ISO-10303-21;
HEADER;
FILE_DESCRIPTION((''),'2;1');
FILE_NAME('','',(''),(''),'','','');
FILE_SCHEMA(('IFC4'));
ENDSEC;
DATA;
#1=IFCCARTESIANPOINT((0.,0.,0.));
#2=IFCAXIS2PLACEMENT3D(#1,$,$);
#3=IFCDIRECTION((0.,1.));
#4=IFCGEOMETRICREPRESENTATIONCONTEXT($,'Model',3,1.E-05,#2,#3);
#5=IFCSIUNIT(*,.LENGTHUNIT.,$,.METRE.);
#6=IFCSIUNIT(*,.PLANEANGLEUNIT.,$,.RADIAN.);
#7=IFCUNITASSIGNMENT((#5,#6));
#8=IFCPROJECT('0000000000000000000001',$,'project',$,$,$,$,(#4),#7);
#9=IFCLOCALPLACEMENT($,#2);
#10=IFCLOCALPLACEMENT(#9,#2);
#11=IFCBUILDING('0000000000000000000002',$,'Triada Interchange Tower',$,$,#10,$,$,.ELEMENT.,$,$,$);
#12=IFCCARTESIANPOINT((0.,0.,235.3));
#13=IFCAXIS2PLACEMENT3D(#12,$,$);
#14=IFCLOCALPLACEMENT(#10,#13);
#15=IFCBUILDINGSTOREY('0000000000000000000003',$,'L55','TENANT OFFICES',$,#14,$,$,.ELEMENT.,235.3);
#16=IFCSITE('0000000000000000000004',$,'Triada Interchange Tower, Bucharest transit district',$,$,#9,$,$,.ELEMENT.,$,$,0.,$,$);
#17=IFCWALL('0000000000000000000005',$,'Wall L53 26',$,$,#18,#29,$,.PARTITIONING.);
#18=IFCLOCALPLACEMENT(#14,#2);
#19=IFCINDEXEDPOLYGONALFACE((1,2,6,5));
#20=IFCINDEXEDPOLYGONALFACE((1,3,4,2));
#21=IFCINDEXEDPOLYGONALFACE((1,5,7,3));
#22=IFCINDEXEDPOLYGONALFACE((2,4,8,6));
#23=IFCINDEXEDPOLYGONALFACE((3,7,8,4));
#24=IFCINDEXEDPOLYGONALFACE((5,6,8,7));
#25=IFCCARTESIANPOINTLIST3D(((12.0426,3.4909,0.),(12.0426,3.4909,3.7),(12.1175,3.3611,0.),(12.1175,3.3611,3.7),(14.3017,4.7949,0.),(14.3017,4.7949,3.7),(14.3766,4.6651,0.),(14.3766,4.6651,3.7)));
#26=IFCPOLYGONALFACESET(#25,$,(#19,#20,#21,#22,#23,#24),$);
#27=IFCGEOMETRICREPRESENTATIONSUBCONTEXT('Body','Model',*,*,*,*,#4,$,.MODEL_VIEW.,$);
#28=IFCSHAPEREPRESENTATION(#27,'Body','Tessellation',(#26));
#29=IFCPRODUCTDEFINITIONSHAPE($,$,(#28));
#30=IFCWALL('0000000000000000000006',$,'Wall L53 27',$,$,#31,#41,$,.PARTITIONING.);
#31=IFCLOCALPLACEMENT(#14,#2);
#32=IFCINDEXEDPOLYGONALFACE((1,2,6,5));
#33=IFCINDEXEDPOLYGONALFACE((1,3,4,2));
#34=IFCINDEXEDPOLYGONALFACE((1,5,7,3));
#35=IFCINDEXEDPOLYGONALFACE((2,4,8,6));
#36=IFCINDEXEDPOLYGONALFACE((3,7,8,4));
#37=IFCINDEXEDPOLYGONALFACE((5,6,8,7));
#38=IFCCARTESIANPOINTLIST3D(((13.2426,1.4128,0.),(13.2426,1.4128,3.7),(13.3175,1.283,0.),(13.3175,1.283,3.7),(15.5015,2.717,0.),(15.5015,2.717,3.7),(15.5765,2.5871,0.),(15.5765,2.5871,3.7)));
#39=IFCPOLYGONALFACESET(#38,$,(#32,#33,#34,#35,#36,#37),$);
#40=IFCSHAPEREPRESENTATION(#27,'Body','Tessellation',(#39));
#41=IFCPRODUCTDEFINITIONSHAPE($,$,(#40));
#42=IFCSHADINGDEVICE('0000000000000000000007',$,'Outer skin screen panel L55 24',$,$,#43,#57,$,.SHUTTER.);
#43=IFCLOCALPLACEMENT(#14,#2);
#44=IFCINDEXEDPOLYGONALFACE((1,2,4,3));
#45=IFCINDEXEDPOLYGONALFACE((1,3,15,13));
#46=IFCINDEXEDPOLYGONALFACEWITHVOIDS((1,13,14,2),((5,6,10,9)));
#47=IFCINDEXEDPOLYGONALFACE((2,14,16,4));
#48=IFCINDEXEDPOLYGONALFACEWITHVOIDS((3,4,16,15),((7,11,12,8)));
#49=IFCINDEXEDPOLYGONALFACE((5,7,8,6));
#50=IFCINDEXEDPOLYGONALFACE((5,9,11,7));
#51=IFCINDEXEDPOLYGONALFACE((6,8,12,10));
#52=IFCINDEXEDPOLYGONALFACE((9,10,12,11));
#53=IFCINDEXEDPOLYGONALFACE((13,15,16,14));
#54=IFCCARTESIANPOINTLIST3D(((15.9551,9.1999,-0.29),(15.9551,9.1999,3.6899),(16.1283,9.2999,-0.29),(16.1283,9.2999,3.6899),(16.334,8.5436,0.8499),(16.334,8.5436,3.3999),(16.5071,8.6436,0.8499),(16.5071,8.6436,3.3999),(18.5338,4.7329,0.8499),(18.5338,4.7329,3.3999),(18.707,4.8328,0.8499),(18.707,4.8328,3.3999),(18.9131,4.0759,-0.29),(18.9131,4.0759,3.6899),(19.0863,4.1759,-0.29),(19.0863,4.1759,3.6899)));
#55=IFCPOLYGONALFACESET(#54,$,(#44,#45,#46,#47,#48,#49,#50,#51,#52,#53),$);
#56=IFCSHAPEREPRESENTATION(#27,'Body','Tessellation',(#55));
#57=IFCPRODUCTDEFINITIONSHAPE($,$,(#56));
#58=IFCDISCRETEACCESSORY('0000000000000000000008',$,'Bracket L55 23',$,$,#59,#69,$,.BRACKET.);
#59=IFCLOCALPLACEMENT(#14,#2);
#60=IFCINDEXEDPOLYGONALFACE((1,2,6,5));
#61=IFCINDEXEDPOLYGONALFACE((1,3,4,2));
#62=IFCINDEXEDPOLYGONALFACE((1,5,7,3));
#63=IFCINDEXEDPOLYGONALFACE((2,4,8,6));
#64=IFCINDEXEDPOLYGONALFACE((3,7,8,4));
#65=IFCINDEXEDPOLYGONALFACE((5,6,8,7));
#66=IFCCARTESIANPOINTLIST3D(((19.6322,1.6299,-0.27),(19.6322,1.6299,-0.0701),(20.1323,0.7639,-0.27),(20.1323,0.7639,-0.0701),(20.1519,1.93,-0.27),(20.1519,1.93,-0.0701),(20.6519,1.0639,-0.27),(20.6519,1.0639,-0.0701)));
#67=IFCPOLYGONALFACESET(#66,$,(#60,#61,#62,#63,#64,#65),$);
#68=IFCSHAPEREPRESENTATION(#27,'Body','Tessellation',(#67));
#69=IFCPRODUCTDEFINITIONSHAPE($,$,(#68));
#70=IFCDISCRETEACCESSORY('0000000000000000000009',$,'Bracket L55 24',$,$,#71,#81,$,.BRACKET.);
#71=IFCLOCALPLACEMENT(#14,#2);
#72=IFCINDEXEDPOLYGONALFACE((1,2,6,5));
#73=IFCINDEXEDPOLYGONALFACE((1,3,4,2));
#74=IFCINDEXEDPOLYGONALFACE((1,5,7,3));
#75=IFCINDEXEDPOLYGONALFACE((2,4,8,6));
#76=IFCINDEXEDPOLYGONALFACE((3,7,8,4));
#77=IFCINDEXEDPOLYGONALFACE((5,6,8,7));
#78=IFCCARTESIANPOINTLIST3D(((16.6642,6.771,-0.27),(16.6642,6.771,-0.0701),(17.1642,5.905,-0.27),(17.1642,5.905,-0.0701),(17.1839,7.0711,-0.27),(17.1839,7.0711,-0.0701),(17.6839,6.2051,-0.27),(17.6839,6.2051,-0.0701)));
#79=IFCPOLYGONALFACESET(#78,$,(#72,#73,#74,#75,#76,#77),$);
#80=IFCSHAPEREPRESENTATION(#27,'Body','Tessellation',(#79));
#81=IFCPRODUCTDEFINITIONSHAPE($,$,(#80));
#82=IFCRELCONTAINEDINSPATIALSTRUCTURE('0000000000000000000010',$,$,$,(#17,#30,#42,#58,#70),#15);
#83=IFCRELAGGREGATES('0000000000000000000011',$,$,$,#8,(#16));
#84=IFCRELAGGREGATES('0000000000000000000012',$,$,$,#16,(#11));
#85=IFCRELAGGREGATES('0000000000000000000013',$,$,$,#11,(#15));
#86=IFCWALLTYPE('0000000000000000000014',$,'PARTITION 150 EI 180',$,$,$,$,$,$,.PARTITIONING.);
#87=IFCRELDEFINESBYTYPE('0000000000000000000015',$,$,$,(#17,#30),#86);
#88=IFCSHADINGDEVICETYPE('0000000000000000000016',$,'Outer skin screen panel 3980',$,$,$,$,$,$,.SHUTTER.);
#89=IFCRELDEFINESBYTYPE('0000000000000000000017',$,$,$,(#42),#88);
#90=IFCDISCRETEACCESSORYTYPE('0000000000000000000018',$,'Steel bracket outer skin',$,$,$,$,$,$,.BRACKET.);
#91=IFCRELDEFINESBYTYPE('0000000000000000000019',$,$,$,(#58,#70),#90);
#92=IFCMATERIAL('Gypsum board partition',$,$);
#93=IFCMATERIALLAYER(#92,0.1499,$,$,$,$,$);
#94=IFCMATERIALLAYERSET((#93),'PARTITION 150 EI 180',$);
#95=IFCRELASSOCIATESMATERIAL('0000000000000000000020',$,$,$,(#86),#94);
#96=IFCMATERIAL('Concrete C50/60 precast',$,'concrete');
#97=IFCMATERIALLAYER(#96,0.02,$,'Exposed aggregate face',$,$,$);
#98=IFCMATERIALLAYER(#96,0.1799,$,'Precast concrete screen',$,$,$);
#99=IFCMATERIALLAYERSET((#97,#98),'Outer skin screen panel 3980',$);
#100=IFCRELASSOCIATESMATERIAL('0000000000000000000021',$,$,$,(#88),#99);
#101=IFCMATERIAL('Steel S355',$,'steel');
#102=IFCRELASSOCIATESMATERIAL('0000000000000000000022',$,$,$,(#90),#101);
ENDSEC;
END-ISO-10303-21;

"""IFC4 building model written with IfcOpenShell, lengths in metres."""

from ifc_helpers import new_model, si_unit, direction, frame, frame_2d, origin, origin_2d, place, context, subcontext, project, spatial, polyline, rectangle, outline, extrude, material, layer, layer_set, type_object, element, save


model = new_model("IFC4")

# Units and contexts
model_context = context("Model", 3, precision=1e-05, world=origin(), true_north=direction((0.0, 1.0)))
body_context = subcontext(model_context, "Body", "Model", "MODEL_VIEW")
ifc_project = project(units=[si_unit("LENGTHUNIT", "METRE"), si_unit("PLANEANGLEUNIT", "RADIAN")], contexts=[model_context])

# Site, building, storey
site_placement = place(None, origin())
site = spatial("IfcSite", under=ifc_project, at=site_placement, Name="Triada Interchange Tower, Bucharest transit district", CompositionType="ELEMENT", RefElevation=0.0)
building_placement = place(site_placement, origin())
building = spatial("IfcBuilding", under=site, at=building_placement, Name="Triada Interchange Tower", CompositionType="ELEMENT")
storey_placement = place(building_placement, frame((0.0, 0.0, 235.3)))
storey = spatial("IfcBuildingStorey", under=building, at=storey_placement, Name="L55", Description="TENANT OFFICES", CompositionType="ELEMENT", Elevation=235.3)

# Walls
ifc_material_1 = material(Name="Gypsum board partition")
ifc_layer_1 = layer(ifc_material_1, 0.1499)
ifc_layer_set_1 = layer_set([ifc_layer_1], Name="PARTITION 150 EI 180")
wall_type_1 = type_object("IfcWallType", Name="PARTITION 150 EI 180", PredefinedType="PARTITIONING", material=ifc_layer_set_1)
for number, where, z_axis, x_axis, name in (
    (1, (12.0801, 3.426, 0.0), (0.0, 0.0, 1.0), (0.866075, 0.499914, 0.0), "Wall L53 26"),
    (2, (13.28, 1.3479, 0.0), (0.0, 0.0, 1.0), (0.866034, 0.499984, 0.0), "Wall L53 27"),
):
    element("IfcWall", number, at=place(storey_placement, frame(where, z_axis=z_axis, x_axis=x_axis)), inside=storey, type_object=wall_type_1, Name=name, PredefinedType="PARTITIONING", context=body_context, shape_type="SweptSolid", body=[
        extrude(rectangle(XDim=2.6084, YDim=0.1499, at=frame_2d((1.3042, 0.0))), origin(), (0.0, 0.0, 1.0), 3.7),
    ])

# Shading device
ifc_material_2 = material(Name="Concrete C50/60 precast", Category="concrete")
ifc_layer_2 = layer(ifc_material_2, 0.02, Name="Exposed aggregate face")
ifc_layer_3 = layer(ifc_material_2, 0.1799, Name="Precast concrete screen")
ifc_layer_set_2 = layer_set([ifc_layer_2, ifc_layer_3], Name="Outer skin screen panel 3980")
shading_device_type = type_object("IfcShadingDeviceType", Name="Outer skin screen panel 3980", PredefinedType="SHUTTER", material=ifc_layer_set_2)
shading_device_placement = place(storey_placement, frame((18.9131, 4.0759, -0.29), z_axis=(0.0, 0.0, 1.0), x_axis=(-0.499956, 0.866051, 0.0)))
element("IfcShadingDevice", 3, at=shading_device_placement, inside=storey, type_object=shading_device_type, Name="Outer skin screen panel L55 24", PredefinedType="SHUTTER", context=body_context, shape_type="SweptSolid", body=[
    extrude(outline(polyline([(0.0, 0.0), (5.9165, 0.0), (5.9165, 3.98), (0.0, 3.98), (0.0, 0.0)]), holes=[polyline([(0.7585, 1.1399), (0.7585, 3.6899), (5.1587, 3.6899), (5.1587, 1.1399), (0.7585, 1.1399)])]), frame((0.0, 0.0, 0.0), z_axis=(0.0, -1.0, 0.0), x_axis=(1.0, 0.0, 0.0)), (0.0, 0.0, 1.0), 0.2),
])

# Discrete accessories
ifc_material_3 = material(Name="Steel S355", Category="steel")
discrete_accessory_type = type_object("IfcDiscreteAccessoryType", Name="Steel bracket outer skin", PredefinedType="BRACKET", material=ifc_material_3)
for number, where, z_axis, x_axis, name in (
    (4, (20.1421, 1.3469, -0.27), (0.0, 0.0, 1.0), (0.866014, 0.500019, 0.0), "Bracket L55 23"),
    (5, (17.1741, 6.488, -0.27), (0.0, 0.0, 1.0), (0.866014, 0.500019, 0.0), "Bracket L55 24"),
):
    element("IfcDiscreteAccessory", number, at=place(storey_placement, frame(where, z_axis=z_axis, x_axis=x_axis)), inside=storey, type_object=discrete_accessory_type, Name=name, PredefinedType="BRACKET", context=body_context, shape_type="SweptSolid", body=[
        extrude(rectangle(XDim=0.6001, YDim=1.0, at=origin_2d()), origin(), (0.0, 0.0, 1.0), 0.2),
    ])

save(model, "model.ifc")
